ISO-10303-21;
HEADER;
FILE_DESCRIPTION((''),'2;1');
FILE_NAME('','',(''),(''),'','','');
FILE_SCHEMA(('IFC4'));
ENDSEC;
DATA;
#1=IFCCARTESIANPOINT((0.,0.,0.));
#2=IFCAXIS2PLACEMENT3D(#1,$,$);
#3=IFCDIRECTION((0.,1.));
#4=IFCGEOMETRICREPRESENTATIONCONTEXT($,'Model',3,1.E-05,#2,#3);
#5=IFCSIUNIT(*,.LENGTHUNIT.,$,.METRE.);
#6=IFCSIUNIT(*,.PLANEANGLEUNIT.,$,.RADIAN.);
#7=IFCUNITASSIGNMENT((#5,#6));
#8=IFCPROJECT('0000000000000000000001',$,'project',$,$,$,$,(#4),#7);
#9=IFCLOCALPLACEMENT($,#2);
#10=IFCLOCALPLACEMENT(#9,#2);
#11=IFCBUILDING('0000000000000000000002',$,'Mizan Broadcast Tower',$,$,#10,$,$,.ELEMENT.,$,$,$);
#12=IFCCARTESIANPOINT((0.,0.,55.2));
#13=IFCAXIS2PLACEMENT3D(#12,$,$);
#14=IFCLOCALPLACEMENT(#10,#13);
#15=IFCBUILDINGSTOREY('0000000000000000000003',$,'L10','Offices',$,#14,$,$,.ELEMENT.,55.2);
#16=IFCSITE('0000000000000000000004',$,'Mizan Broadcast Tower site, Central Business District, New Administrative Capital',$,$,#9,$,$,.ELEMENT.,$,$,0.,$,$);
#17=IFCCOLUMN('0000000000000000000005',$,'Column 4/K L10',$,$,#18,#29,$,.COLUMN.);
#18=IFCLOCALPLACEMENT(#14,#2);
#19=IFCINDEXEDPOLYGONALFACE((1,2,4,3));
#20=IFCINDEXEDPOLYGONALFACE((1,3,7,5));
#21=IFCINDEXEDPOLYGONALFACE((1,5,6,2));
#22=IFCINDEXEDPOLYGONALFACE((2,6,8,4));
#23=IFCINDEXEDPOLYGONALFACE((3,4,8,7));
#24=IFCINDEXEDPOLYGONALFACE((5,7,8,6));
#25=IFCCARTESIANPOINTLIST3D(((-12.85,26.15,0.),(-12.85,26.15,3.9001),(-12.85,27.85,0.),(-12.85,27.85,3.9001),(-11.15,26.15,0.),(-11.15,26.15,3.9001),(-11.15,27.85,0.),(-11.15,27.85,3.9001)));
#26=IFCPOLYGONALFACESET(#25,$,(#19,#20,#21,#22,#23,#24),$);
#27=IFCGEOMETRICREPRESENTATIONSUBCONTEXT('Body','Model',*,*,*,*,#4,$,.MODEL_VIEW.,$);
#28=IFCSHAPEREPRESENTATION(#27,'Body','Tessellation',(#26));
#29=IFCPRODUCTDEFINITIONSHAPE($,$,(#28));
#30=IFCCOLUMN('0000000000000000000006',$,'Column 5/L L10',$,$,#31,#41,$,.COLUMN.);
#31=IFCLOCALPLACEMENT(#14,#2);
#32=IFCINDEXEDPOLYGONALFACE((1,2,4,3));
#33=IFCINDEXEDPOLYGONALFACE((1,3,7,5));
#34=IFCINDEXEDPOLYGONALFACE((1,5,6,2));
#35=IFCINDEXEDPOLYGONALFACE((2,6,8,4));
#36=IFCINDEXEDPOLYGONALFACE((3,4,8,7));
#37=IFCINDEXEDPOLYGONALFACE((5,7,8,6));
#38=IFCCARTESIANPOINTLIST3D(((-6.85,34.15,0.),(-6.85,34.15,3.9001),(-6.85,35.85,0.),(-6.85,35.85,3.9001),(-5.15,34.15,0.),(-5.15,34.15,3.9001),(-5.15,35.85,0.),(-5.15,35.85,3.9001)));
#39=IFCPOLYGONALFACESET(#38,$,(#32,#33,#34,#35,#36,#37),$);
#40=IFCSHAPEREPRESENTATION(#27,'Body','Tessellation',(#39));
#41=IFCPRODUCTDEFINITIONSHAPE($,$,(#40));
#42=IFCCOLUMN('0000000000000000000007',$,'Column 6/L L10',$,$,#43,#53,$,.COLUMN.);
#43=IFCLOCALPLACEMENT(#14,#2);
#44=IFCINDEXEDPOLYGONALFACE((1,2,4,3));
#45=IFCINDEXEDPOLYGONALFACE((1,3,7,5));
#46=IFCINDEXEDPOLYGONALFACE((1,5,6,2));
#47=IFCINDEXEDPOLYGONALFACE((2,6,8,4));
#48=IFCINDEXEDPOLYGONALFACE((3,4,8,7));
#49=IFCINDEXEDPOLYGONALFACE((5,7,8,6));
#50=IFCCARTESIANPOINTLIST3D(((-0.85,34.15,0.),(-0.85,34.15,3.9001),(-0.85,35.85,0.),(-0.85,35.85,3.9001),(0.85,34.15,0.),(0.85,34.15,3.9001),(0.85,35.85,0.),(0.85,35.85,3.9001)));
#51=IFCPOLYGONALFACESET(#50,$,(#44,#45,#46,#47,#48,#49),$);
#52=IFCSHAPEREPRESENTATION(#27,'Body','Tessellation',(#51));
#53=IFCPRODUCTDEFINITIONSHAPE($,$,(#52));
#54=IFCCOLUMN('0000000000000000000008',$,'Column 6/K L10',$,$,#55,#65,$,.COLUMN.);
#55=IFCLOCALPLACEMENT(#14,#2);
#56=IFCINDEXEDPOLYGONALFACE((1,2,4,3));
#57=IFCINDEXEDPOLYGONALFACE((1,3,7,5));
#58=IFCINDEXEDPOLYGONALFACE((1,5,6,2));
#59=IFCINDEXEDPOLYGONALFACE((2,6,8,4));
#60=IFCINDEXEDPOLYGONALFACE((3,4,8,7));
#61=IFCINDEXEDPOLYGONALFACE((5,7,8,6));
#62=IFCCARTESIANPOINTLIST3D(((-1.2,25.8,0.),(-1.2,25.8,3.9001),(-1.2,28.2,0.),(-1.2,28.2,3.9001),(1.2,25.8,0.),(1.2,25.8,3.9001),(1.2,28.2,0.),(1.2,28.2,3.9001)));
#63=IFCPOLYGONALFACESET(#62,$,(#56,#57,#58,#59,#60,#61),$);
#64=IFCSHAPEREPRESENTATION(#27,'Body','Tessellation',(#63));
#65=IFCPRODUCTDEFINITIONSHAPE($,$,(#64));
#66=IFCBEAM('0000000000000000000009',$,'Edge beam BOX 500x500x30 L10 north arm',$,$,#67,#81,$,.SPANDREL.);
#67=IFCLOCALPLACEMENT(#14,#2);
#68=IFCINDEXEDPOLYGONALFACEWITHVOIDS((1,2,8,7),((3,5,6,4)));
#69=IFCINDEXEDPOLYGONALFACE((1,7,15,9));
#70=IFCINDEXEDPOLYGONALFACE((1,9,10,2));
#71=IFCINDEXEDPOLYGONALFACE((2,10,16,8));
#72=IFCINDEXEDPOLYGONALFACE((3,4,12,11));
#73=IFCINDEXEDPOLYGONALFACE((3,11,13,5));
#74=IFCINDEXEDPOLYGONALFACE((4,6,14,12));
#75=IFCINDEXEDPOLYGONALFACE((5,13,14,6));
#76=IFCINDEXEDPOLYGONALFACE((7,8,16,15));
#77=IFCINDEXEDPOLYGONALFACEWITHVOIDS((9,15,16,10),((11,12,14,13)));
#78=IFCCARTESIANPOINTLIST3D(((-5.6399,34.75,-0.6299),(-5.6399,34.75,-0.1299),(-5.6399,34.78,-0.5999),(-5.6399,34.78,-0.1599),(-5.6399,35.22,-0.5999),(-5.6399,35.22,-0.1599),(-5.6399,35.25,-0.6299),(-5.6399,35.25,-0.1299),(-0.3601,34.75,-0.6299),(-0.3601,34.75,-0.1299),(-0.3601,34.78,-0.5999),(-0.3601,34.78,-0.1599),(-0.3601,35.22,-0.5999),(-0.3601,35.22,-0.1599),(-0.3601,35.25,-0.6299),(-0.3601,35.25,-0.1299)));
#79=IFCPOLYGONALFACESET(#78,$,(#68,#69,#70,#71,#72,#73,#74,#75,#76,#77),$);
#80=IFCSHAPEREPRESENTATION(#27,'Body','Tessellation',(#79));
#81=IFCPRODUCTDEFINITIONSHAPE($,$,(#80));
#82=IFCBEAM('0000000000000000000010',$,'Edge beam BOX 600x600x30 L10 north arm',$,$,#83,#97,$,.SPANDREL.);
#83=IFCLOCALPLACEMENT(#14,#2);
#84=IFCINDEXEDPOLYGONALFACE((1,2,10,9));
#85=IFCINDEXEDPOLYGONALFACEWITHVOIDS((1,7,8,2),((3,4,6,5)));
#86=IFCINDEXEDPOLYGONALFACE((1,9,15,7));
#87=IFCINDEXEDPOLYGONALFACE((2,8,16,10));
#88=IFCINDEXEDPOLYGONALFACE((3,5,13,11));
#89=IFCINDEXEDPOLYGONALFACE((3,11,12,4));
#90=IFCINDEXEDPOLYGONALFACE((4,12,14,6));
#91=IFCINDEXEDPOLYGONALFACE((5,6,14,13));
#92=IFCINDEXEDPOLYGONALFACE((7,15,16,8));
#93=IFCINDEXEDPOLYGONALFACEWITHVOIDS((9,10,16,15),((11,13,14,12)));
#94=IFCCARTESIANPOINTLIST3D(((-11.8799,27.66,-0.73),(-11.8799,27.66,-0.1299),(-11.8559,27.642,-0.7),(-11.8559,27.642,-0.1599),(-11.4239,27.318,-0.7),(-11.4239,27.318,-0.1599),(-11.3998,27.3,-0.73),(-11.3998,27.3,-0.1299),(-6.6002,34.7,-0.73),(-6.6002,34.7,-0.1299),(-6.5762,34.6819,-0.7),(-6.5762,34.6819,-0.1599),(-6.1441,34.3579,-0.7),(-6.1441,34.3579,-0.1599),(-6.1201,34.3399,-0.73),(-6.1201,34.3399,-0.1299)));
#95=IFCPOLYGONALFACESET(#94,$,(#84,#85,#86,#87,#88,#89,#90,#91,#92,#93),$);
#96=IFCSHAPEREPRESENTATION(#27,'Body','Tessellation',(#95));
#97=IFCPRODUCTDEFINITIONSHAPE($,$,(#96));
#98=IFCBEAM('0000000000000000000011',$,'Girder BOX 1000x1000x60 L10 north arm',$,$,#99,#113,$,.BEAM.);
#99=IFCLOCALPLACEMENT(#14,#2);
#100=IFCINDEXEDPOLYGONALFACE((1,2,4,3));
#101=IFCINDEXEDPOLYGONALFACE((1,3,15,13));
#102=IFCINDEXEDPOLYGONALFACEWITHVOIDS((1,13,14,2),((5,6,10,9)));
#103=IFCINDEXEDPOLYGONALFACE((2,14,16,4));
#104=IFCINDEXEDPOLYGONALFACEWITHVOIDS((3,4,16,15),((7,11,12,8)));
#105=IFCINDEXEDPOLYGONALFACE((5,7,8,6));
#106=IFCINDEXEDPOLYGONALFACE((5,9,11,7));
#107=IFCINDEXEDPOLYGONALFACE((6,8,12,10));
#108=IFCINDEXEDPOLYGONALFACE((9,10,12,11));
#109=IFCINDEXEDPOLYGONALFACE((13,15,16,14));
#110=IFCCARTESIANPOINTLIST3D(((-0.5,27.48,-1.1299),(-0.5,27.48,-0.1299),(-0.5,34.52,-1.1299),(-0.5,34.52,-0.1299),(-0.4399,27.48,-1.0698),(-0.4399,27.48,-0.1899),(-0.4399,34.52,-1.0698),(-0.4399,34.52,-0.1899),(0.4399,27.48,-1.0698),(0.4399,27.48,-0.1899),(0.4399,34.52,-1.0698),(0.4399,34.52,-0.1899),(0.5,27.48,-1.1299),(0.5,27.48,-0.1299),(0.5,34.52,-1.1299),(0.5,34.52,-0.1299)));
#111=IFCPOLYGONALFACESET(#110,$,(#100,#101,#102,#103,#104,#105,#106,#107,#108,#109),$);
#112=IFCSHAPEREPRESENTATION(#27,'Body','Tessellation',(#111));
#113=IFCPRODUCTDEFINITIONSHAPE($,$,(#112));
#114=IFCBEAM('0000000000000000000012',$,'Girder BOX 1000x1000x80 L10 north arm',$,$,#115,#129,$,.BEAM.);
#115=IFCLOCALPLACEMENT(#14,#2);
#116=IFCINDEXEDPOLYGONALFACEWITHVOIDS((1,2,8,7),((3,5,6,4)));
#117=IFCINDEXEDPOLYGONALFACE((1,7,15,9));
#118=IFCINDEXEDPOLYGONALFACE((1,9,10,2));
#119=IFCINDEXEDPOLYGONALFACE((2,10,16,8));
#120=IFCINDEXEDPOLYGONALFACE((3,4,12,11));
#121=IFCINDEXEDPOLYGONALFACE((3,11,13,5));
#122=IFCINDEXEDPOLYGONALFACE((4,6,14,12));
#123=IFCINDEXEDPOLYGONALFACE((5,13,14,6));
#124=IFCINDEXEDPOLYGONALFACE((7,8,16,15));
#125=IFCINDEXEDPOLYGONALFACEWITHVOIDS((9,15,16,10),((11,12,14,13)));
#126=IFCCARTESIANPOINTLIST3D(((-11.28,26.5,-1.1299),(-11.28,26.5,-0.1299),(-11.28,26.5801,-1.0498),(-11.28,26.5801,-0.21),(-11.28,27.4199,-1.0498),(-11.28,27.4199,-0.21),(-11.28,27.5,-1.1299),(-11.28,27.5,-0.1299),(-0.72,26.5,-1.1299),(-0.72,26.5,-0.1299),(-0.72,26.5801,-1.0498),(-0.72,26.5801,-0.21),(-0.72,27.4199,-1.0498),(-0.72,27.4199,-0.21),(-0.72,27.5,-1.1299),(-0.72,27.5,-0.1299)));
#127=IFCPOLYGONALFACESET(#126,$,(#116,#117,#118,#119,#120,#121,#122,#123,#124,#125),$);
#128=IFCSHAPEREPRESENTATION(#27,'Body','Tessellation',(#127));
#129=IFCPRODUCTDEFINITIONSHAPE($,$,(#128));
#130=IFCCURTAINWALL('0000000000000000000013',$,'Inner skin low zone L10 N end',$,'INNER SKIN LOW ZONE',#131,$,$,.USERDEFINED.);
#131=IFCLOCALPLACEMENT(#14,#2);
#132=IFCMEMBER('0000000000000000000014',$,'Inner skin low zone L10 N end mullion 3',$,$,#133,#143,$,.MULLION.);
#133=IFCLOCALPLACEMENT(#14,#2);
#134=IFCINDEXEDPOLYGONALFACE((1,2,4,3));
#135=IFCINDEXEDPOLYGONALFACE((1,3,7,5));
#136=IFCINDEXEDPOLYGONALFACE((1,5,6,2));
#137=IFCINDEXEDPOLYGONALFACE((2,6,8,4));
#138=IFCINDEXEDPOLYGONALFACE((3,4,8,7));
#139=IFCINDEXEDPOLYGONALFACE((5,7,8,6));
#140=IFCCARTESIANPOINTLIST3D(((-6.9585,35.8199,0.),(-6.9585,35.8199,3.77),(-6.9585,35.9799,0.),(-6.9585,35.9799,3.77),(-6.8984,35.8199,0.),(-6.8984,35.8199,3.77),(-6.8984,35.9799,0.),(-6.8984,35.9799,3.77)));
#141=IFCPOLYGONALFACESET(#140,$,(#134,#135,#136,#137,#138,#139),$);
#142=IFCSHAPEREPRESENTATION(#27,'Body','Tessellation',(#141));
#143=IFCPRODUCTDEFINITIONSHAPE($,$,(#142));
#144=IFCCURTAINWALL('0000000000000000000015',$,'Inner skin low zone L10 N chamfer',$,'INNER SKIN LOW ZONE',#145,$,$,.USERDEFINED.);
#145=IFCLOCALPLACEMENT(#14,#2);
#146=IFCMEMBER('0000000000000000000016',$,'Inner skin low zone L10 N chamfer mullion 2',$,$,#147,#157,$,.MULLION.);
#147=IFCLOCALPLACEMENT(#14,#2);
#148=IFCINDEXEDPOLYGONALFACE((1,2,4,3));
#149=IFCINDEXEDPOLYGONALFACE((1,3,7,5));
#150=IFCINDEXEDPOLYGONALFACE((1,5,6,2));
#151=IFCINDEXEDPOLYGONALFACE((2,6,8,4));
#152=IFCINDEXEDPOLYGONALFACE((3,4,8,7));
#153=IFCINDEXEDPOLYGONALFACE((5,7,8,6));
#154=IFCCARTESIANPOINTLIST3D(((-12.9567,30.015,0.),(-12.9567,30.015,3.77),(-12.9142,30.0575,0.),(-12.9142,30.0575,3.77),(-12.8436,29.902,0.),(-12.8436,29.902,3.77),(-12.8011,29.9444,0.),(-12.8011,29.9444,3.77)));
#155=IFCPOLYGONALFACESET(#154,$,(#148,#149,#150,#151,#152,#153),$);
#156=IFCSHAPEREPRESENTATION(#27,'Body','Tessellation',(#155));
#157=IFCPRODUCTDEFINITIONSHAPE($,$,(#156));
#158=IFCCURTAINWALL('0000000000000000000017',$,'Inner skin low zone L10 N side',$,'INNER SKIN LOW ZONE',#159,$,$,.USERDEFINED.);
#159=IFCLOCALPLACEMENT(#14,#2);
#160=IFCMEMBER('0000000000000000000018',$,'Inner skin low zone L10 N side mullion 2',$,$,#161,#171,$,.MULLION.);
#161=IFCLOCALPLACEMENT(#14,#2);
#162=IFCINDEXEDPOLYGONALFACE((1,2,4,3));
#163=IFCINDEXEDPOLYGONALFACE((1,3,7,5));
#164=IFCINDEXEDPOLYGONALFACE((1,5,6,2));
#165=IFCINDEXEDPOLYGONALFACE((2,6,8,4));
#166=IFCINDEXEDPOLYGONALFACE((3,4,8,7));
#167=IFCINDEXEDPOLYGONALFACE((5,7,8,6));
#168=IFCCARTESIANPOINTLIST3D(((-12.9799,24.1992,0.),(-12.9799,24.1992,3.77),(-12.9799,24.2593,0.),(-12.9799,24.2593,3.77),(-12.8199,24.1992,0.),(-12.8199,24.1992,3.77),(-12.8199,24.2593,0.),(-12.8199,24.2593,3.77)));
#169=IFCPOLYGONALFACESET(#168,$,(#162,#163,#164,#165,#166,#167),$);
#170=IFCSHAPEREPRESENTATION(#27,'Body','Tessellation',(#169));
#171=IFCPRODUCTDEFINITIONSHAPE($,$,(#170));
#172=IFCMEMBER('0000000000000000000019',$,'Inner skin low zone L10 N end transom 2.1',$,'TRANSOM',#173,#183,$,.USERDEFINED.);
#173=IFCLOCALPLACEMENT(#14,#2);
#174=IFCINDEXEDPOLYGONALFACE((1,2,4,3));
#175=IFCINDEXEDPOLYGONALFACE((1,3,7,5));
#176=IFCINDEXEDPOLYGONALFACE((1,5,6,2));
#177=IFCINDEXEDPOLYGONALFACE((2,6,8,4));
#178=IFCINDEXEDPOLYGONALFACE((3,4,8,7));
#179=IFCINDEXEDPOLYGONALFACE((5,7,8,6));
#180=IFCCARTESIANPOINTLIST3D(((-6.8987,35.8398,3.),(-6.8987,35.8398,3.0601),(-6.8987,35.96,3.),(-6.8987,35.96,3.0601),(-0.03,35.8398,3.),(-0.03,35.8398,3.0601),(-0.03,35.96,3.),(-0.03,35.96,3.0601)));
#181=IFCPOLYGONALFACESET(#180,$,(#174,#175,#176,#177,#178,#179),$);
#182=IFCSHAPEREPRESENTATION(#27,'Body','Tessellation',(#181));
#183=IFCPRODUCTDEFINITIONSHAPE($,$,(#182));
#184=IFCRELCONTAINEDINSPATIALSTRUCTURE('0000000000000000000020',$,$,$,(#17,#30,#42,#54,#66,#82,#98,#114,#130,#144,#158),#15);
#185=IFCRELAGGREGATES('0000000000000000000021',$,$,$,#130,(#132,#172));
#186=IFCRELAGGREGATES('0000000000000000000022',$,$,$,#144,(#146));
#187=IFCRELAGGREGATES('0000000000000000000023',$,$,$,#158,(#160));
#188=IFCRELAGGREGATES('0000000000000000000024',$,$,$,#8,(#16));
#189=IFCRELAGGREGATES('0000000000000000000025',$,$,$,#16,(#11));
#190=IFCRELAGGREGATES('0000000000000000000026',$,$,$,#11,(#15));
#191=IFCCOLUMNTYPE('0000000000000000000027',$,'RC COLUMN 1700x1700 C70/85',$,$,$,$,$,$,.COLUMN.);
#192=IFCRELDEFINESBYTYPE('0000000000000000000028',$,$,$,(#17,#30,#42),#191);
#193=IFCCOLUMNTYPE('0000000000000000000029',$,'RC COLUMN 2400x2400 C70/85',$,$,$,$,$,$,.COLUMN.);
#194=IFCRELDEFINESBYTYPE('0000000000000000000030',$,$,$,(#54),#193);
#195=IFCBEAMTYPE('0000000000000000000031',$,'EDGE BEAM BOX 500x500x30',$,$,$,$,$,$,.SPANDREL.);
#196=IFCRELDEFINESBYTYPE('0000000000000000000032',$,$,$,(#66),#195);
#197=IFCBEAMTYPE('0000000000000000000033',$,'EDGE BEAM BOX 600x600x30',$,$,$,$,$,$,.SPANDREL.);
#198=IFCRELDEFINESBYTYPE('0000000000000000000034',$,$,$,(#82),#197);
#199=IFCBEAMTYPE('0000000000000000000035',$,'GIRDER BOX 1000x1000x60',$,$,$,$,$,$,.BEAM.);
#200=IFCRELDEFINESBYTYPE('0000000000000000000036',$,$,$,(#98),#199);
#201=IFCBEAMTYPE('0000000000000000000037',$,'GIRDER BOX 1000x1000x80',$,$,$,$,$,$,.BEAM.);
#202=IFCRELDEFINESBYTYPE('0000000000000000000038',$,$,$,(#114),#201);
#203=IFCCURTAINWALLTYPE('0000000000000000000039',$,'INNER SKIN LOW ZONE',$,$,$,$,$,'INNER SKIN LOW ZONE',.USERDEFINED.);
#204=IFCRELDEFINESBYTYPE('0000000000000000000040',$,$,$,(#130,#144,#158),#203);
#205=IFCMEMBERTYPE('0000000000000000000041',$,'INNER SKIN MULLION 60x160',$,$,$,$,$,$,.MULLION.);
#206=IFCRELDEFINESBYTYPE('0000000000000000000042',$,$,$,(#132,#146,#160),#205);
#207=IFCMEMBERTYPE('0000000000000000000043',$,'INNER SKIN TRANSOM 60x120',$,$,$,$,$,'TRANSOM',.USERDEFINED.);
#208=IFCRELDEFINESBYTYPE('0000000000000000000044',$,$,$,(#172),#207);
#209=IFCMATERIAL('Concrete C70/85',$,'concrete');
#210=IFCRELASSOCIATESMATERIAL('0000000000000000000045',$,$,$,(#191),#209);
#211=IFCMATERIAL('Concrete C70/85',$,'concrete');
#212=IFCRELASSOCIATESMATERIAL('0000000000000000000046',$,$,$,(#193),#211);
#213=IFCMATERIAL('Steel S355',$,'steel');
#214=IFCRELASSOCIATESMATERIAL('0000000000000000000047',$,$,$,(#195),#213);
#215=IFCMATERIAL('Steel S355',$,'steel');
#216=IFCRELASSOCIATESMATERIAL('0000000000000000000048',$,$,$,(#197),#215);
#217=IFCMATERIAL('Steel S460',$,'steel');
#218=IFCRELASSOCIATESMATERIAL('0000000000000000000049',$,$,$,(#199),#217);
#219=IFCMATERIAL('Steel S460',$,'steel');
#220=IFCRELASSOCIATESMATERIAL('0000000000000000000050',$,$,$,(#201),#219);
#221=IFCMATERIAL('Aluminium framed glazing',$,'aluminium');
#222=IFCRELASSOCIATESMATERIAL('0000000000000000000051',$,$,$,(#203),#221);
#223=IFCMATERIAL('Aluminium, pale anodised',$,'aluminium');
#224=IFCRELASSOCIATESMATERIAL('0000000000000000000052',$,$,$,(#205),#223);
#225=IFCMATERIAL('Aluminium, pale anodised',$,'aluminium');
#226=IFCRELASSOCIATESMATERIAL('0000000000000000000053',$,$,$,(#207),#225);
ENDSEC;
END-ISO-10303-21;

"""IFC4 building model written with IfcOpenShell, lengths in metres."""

from ifc_helpers import new_model, si_unit, direction, frame, origin, origin_2d, place, context, subcontext, project, spatial, rectangle, hollow_rectangle, extrude, material, material_profile, profile_set, type_object, element, aggregate, save


model = new_model("IFC4")

# Units and contexts
model_context = context("Model", 3, precision=1e-05, world=origin(), true_north=direction((0.0, 1.0)))
body_context = subcontext(model_context, "Body", "Model", "MODEL_VIEW")
ifc_project = project(units=[si_unit("LENGTHUNIT", "METRE"), si_unit("PLANEANGLEUNIT", "RADIAN")], contexts=[model_context])

# Site, building, storey
site_placement = place(None, origin())
site = spatial("IfcSite", under=ifc_project, at=site_placement, Name="Mizan Broadcast Tower site, Central Business District, New Administrative Capital", CompositionType="ELEMENT", RefElevation=0.0)
building_placement = place(site_placement, origin())
building = spatial("IfcBuilding", under=site, at=building_placement, Name="Mizan Broadcast Tower", CompositionType="ELEMENT")
storey_placement = place(building_placement, frame((0.0, 0.0, 55.2)))
storey = spatial("IfcBuildingStorey", under=building, at=storey_placement, Name="L10", Description="Offices", CompositionType="ELEMENT", Elevation=55.2)

# Columns
ifc_material_1 = material(Name="Concrete C70/85", Category="concrete")
ifc_material_profile_1 = material_profile(ifc_material_1, rectangle(XDim=1.7, YDim=1.7, at=origin_2d()), Name="RC 1700x1700")
ifc_profile_set_1 = profile_set([ifc_material_profile_1], Name="Concrete C70/85")
column_type_1 = type_object("IfcColumnType", Name="RC COLUMN 1700x1700 C70/85", PredefinedType="COLUMN", material=ifc_profile_set_1)
for number, where, z_axis, x_axis, name in (
    (1, (-12.0, 27.0, 0.0), (0.0, 0.0, 1.0), (1.0, 0.0, 0.0), "Column 4/K L10"),
    (2, (-6.0, 35.0, 0.0), (0.0, 0.0, 1.0), (1.0, 0.0, 0.0), "Column 5/L L10"),
    (3, (0.0, 35.0, 0.0), (0.0, 0.0, 1.0), (1.0, 0.0, 0.0), "Column 6/L L10"),
):
    element("IfcColumn", number, at=place(storey_placement, frame(where, z_axis=z_axis, x_axis=x_axis)), inside=storey, type_object=column_type_1, Name=name, PredefinedType="COLUMN", context=body_context, shape_type="SweptSolid", body=[
        extrude(rectangle(XDim=1.7, YDim=1.7, at=origin_2d()), origin(), (0.0, 0.0, 1.0), 3.9001),
    ])
ifc_material_2 = material(Name="Concrete C70/85", Category="concrete")
ifc_material_profile_2 = material_profile(ifc_material_2, rectangle(XDim=2.3999, YDim=2.3999, at=origin_2d()), Name="RC 2400x2400")
ifc_profile_set_2 = profile_set([ifc_material_profile_2], Name="Concrete C70/85")
column_type_2 = type_object("IfcColumnType", Name="RC COLUMN 2400x2400 C70/85", PredefinedType="COLUMN", material=ifc_profile_set_2)
column_placement = place(storey_placement, frame((0.0, 27.0, 0.0), z_axis=(0.0, 0.0, 1.0), x_axis=(1.0, 0.0, 0.0)))
element("IfcColumn", 4, at=column_placement, inside=storey, type_object=column_type_2, Name="Column 6/K L10", PredefinedType="COLUMN", context=body_context, shape_type="SweptSolid", body=[
    extrude(rectangle(XDim=2.3999, YDim=2.3999, at=origin_2d()), origin(), (0.0, 0.0, 1.0), 3.9001),
])

# Beams
ifc_material_3 = material(Name="Steel S355", Category="steel")
ifc_material_profile_3 = material_profile(ifc_material_3, hollow_rectangle(XDim=0.5, YDim=0.5, WallThickness=0.03, at=origin_2d()), Name="BOX 500x500x30")
ifc_profile_set_3 = profile_set([ifc_material_profile_3], Name="Steel S355")
beam_type_1 = type_object("IfcBeamType", Name="EDGE BEAM BOX 500x500x30", PredefinedType="SPANDREL", material=ifc_profile_set_3)
beam_1_placement = place(storey_placement, frame((-5.6399, 35.0, -0.3799), z_axis=(1.0, 0.0, 0.0), x_axis=(0.0, 1.0, 0.0)))
element("IfcBeam", 5, at=beam_1_placement, inside=storey, type_object=beam_type_1, Name="Edge beam BOX 500x500x30 L10 north arm", PredefinedType="SPANDREL", context=body_context, shape_type="SweptSolid", body=[
    extrude(hollow_rectangle(XDim=0.5, YDim=0.5, WallThickness=0.03, at=origin_2d()), origin(), (0.0, 0.0, 1.0), 5.2798),
])
ifc_material_4 = material(Name="Steel S355", Category="steel")
ifc_material_profile_4 = material_profile(ifc_material_4, hollow_rectangle(XDim=0.6001, YDim=0.6001, WallThickness=0.03, at=origin_2d()), Name="BOX 600x600x30")
ifc_profile_set_4 = profile_set([ifc_material_profile_4], Name="Steel S355")
beam_type_2 = type_object("IfcBeamType", Name="EDGE BEAM BOX 600x600x30", PredefinedType="SPANDREL", material=ifc_profile_set_4)
beam_2_placement = place(storey_placement, frame((-11.6399, 27.48, -0.4299), z_axis=(0.599982, 0.800013, 0.0), x_axis=(-0.800013, 0.599982, 0.0)))
element("IfcBeam", 6, at=beam_2_placement, inside=storey, type_object=beam_type_2, Name="Edge beam BOX 600x600x30 L10 north arm", PredefinedType="SPANDREL", context=body_context, shape_type="SweptSolid", body=[
    extrude(hollow_rectangle(XDim=0.6001, YDim=0.6001, WallThickness=0.03, at=origin_2d()), origin(), (0.0, 0.0, 1.0), 8.7998),
])
ifc_material_5 = material(Name="Steel S460", Category="steel")
ifc_material_profile_5 = material_profile(ifc_material_5, hollow_rectangle(XDim=1.0, YDim=1.0, WallThickness=0.0601, at=origin_2d()), Name="BOX 1000x1000x60")
ifc_profile_set_5 = profile_set([ifc_material_profile_5], Name="Steel S460")
beam_type_3 = type_object("IfcBeamType", Name="GIRDER BOX 1000x1000x60", PredefinedType="BEAM", material=ifc_profile_set_5)
beam_3_placement = place(storey_placement, frame((0.0, 27.48, -0.6299), z_axis=(0.0, 1.0, 0.0), x_axis=(-1.0, 0.0, 0.0)))
element("IfcBeam", 7, at=beam_3_placement, inside=storey, type_object=beam_type_3, Name="Girder BOX 1000x1000x60 L10 north arm", PredefinedType="BEAM", context=body_context, shape_type="SweptSolid", body=[
    extrude(hollow_rectangle(XDim=1.0, YDim=1.0, WallThickness=0.0601, at=origin_2d()), origin(), (0.0, 0.0, 1.0), 7.04),
])
ifc_material_6 = material(Name="Steel S460", Category="steel")
ifc_material_profile_6 = material_profile(ifc_material_6, hollow_rectangle(XDim=1.0, YDim=1.0, WallThickness=0.0801, at=origin_2d()), Name="BOX 1000x1000x80")
ifc_profile_set_6 = profile_set([ifc_material_profile_6], Name="Steel S460")
beam_type_4 = type_object("IfcBeamType", Name="GIRDER BOX 1000x1000x80", PredefinedType="BEAM", material=ifc_profile_set_6)
beam_4_placement = place(storey_placement, frame((-11.28, 27.0, -0.6299), z_axis=(1.0, 0.0, 0.0), x_axis=(0.0, 1.0, 0.0)))
element("IfcBeam", 8, at=beam_4_placement, inside=storey, type_object=beam_type_4, Name="Girder BOX 1000x1000x80 L10 north arm", PredefinedType="BEAM", context=body_context, shape_type="SweptSolid", body=[
    extrude(hollow_rectangle(XDim=1.0, YDim=1.0, WallThickness=0.0801, at=origin_2d()), origin(), (0.0, 0.0, 1.0), 10.5601),
])

# Curtain walls, members
ifc_material_7 = material(Name="Aluminium framed glazing", Category="aluminium")
curtain_wall_type_1 = type_object("IfcCurtainWallType", Name="INNER SKIN LOW ZONE", ElementType="INNER SKIN LOW ZONE", PredefinedType="USERDEFINED", material=ifc_material_7)
curtain_wall_1_placement = place(storey_placement, origin())
curtain_wall_1 = element("IfcCurtainWall", 9, at=curtain_wall_1_placement, inside=storey, type_object=curtain_wall_type_1, Name="Inner skin low zone L10 N end", ObjectType="INNER SKIN LOW ZONE", PredefinedType="USERDEFINED")
ifc_material_8 = material(Name="Aluminium, pale anodised", Category="aluminium")
ifc_material_profile_7 = material_profile(ifc_material_8, rectangle(XDim=0.1599, YDim=0.0601, at=origin_2d()), Name="MULLION 160x60")
ifc_profile_set_7 = profile_set([ifc_material_profile_7], Name="Aluminium, pale anodised")
member_type_1 = type_object("IfcMemberType", Name="INNER SKIN MULLION 60x160", PredefinedType="MULLION", material=ifc_profile_set_7)
member_1_placement = place(storey_placement, frame((-6.9285, 35.8999, 0.0), z_axis=(0.0, 0.0, 1.0), x_axis=(0.0, -1.0, 0.0)))
member_1 = element("IfcMember", 10, at=member_1_placement, type_object=member_type_1, Name="Inner skin low zone L10 N end mullion 3", PredefinedType="MULLION", context=body_context, shape_type="SweptSolid", body=[
    extrude(rectangle(XDim=0.1599, YDim=0.0601, at=origin_2d()), origin(), (0.0, 0.0, 1.0), 3.77),
])
curtain_wall_2_placement = place(storey_placement, origin())
curtain_wall_2 = element("IfcCurtainWall", 11, at=curtain_wall_2_placement, inside=storey, type_object=curtain_wall_type_1, Name="Inner skin low zone L10 N chamfer", ObjectType="INNER SKIN LOW ZONE", PredefinedType="USERDEFINED")
member_2_placement = place(storey_placement, frame((-12.8789, 29.9797, 0.0), z_axis=(0.0, 0.0, 1.0), x_axis=(0.707107, -0.707107, 0.0)))
member_2 = element("IfcMember", 12, at=member_2_placement, type_object=member_type_1, Name="Inner skin low zone L10 N chamfer mullion 2", PredefinedType="MULLION", context=body_context, shape_type="SweptSolid", body=[
    extrude(rectangle(XDim=0.1599, YDim=0.0601, at=origin_2d()), origin(), (0.0, 0.0, 1.0), 3.77),
])
curtain_wall_3_placement = place(storey_placement, origin())
curtain_wall_3 = element("IfcCurtainWall", 13, at=curtain_wall_3_placement, inside=storey, type_object=curtain_wall_type_1, Name="Inner skin low zone L10 N side", ObjectType="INNER SKIN LOW ZONE", PredefinedType="USERDEFINED")
member_3_placement = place(storey_placement, frame((-12.8999, 24.2292, 0.0), z_axis=(0.0, 0.0, 1.0), x_axis=(1.0, 0.0, 0.0)))
member_3 = element("IfcMember", 14, at=member_3_placement, type_object=member_type_1, Name="Inner skin low zone L10 N side mullion 2", PredefinedType="MULLION", context=body_context, shape_type="SweptSolid", body=[
    extrude(rectangle(XDim=0.1599, YDim=0.0601, at=origin_2d()), origin(), (0.0, 0.0, 1.0), 3.77),
])

# Member
ifc_material_9 = material(Name="Aluminium, pale anodised", Category="aluminium")
ifc_material_profile_8 = material_profile(ifc_material_9, rectangle(XDim=0.1201, YDim=0.0601, at=origin_2d()), Name="TRANSOM 120x60")
ifc_profile_set_8 = profile_set([ifc_material_profile_8], Name="Aluminium, pale anodised")
member_type_2 = type_object("IfcMemberType", Name="INNER SKIN TRANSOM 60x120", ElementType="TRANSOM", PredefinedType="USERDEFINED", material=ifc_profile_set_8)
member_4_placement = place(storey_placement, frame((-0.03, 35.8999, 3.03), z_axis=(-1.0, 0.0, 0.0), x_axis=(0.0, -1.0, 0.0)))
member_4 = element("IfcMember", 15, at=member_4_placement, type_object=member_type_2, Name="Inner skin low zone L10 N end transom 2.1", ObjectType="TRANSOM", PredefinedType="USERDEFINED", context=body_context, shape_type="SweptSolid", body=[
    extrude(rectangle(XDim=0.1201, YDim=0.0601, at=origin_2d()), origin(), (0.0, 0.0, 1.0), 6.8687),
])

aggregate(curtain_wall_1, [member_1, member_4])
aggregate(curtain_wall_2, [member_2])
aggregate(curtain_wall_3, [member_3])

save(model, "model.ifc")
